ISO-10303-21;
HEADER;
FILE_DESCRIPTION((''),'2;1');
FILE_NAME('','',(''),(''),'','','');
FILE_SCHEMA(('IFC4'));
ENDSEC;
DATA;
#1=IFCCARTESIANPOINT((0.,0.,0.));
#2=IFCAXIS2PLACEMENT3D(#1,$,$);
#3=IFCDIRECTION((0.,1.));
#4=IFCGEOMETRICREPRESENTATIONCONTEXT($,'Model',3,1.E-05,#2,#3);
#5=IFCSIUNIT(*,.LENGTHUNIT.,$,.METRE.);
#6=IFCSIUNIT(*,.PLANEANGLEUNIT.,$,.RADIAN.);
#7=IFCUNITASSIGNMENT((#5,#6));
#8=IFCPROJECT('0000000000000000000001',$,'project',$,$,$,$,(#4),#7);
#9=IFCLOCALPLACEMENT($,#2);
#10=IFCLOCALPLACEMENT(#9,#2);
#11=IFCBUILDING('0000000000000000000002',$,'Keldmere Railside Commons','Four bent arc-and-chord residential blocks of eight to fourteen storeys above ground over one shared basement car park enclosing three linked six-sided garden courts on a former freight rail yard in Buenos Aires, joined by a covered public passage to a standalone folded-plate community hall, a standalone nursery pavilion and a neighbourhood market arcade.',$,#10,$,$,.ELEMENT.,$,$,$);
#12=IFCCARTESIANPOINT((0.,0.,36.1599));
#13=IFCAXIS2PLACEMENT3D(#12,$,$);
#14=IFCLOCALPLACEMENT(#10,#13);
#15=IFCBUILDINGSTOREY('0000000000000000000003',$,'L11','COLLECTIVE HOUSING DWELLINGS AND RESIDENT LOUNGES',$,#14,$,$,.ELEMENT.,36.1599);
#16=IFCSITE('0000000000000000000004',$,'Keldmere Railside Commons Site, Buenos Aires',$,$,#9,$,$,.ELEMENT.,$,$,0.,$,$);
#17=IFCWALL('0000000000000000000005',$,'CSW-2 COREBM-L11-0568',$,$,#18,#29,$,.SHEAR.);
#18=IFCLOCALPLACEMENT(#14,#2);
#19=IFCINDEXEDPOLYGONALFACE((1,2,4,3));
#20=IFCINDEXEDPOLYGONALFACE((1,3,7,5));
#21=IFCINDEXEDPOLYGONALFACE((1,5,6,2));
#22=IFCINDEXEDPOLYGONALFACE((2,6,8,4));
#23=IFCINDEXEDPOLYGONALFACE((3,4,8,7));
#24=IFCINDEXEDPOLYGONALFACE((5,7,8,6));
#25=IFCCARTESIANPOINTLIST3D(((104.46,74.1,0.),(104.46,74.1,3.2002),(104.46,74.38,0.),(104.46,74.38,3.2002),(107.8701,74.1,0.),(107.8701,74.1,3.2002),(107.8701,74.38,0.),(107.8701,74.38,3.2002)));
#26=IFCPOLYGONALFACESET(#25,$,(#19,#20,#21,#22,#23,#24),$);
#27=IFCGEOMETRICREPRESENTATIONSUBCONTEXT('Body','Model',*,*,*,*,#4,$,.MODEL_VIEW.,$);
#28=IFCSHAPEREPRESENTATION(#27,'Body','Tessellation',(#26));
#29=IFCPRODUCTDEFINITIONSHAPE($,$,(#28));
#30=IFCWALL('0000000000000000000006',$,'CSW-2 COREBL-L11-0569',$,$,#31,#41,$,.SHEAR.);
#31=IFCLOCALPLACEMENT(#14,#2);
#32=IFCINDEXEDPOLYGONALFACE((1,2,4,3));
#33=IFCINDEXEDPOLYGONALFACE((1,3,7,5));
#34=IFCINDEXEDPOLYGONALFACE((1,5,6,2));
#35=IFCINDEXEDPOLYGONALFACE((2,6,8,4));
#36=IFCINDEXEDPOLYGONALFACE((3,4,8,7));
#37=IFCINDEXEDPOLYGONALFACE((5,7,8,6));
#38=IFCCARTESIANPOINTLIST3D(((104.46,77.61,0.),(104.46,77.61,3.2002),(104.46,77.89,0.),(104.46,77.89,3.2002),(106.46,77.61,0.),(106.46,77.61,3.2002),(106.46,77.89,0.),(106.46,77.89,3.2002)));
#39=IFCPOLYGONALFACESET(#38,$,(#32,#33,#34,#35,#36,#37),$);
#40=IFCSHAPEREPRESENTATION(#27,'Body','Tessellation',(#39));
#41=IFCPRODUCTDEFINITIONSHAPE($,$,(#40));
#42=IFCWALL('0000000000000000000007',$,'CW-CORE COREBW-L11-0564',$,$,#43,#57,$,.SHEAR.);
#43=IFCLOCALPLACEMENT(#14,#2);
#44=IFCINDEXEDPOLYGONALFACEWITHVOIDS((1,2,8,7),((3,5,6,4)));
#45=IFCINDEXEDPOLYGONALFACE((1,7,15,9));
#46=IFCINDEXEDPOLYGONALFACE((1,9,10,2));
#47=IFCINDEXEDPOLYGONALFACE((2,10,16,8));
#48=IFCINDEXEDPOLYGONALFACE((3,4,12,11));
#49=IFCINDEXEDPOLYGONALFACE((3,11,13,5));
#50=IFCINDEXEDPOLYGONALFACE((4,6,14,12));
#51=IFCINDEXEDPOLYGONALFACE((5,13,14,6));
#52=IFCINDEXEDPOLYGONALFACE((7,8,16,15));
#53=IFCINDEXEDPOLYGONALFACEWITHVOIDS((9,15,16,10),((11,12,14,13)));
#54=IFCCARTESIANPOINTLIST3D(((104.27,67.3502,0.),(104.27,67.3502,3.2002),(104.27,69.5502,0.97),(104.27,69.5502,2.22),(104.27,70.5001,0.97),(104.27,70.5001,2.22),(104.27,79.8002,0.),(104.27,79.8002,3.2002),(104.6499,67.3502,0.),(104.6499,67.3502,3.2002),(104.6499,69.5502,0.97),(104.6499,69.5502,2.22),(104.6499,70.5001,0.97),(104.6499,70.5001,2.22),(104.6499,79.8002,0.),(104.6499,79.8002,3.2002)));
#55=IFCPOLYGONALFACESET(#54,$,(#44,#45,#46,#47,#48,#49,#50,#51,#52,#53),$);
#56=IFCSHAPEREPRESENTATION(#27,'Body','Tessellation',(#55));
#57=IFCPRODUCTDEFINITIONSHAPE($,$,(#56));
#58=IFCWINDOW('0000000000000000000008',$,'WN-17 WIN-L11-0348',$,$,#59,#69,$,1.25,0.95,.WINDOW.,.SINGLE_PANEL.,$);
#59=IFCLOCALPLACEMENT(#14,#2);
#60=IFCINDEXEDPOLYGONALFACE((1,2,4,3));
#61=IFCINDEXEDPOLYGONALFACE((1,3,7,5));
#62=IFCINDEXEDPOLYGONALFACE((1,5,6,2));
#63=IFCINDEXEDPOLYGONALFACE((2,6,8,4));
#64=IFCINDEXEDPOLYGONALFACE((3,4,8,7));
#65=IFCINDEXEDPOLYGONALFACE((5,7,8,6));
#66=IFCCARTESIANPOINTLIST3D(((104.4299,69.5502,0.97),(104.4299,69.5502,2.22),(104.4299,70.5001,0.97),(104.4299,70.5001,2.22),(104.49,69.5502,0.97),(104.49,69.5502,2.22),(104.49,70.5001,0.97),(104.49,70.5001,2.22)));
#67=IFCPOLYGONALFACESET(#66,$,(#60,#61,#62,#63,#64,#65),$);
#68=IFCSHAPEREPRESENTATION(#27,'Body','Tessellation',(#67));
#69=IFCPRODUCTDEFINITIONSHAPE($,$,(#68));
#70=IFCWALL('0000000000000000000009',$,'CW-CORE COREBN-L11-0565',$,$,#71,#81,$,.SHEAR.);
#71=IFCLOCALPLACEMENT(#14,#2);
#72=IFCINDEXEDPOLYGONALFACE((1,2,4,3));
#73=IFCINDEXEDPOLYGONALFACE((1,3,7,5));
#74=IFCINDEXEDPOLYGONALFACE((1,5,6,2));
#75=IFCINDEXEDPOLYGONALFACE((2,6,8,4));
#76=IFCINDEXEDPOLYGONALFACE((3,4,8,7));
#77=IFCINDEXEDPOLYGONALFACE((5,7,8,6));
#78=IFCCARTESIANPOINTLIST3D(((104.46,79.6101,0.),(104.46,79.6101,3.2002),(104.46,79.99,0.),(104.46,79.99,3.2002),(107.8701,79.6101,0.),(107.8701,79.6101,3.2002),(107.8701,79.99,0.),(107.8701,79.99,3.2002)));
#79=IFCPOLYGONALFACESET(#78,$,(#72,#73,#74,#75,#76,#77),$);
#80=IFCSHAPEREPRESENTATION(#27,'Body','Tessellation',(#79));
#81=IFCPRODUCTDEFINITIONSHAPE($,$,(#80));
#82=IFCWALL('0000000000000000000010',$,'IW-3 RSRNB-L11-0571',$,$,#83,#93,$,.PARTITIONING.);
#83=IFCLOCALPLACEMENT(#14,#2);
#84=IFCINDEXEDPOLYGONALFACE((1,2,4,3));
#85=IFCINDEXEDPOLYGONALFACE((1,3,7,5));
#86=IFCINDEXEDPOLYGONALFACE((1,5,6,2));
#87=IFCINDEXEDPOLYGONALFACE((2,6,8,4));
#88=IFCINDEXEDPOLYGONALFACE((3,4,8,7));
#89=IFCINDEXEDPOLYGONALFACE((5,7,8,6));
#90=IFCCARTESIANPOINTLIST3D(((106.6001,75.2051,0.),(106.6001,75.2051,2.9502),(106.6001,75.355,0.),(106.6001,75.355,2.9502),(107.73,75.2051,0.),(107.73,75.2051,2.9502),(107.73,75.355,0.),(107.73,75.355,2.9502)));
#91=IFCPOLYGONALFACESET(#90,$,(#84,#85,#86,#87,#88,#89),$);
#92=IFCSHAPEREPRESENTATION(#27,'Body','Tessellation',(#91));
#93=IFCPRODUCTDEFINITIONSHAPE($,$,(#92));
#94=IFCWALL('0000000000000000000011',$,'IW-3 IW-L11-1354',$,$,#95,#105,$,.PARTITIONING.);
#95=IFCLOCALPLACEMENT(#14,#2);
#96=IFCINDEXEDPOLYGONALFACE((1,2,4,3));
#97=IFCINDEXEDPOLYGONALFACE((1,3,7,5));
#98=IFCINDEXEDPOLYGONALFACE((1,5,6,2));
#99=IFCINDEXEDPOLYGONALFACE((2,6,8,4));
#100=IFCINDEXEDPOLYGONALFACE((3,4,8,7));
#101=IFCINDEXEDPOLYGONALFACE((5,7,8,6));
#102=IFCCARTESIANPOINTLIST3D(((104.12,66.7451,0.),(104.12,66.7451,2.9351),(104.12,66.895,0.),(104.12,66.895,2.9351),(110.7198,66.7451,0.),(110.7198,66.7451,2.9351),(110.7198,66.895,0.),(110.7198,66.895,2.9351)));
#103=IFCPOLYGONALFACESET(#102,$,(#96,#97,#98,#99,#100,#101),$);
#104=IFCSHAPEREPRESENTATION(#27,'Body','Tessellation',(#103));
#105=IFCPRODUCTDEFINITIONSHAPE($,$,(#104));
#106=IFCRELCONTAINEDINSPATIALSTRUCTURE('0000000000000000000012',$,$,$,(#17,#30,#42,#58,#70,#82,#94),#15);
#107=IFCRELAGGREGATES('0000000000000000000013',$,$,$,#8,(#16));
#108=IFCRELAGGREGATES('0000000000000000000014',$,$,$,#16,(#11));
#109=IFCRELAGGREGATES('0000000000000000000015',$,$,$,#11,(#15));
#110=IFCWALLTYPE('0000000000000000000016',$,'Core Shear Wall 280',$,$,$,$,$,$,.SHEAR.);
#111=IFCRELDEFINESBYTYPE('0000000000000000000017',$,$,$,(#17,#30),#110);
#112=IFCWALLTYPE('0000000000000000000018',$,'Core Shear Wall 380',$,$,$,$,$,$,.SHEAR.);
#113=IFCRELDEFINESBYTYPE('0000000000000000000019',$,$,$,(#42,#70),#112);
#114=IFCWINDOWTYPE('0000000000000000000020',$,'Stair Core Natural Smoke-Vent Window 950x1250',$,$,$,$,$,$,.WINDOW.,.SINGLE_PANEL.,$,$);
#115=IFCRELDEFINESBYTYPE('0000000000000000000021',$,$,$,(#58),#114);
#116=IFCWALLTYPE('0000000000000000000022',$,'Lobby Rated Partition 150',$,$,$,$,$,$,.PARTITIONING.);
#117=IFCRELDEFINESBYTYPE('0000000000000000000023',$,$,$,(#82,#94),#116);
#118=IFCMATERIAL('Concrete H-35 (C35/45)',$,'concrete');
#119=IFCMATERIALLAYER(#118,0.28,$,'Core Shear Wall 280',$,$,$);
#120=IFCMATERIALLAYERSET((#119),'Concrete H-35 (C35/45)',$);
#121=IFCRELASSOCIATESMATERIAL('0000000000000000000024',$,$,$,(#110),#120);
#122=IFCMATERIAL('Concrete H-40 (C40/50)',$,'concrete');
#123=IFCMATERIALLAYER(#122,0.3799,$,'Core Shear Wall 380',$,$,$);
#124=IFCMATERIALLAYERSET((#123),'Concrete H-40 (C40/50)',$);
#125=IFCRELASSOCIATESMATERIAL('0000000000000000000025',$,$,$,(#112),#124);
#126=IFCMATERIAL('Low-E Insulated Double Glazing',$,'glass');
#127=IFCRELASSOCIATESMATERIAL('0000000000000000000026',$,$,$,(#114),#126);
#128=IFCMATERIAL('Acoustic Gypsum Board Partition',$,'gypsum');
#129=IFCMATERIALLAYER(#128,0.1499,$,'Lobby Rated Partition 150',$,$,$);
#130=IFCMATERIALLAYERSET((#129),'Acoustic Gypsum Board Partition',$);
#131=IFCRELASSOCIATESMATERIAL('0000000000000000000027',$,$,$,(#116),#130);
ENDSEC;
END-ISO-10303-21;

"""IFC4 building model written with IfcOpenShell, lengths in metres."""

from ifc_helpers import new_model, si_unit, direction, frame, frame_2d, origin, place, context, subcontext, project, spatial, rectangle, extrude, material, layer, layer_set, type_object, element, fill, save


model = new_model("IFC4")

# Units and contexts
model_context = context("Model", 3, precision=1e-05, world=origin(), true_north=direction((0.0, 1.0)))
body_context = subcontext(model_context, "Body", "Model", "MODEL_VIEW")
ifc_project = project(units=[si_unit("LENGTHUNIT", "METRE"), si_unit("PLANEANGLEUNIT", "RADIAN")], contexts=[model_context])

# Site, building, storey
site_placement = place(None, origin())
site = spatial("IfcSite", under=ifc_project, at=site_placement, Name="Keldmere Railside Commons Site, Buenos Aires", CompositionType="ELEMENT", RefElevation=0.0)
building_placement = place(site_placement, origin())
building = spatial("IfcBuilding", under=site, at=building_placement, Name="Keldmere Railside Commons", Description="Four bent arc-and-chord residential blocks of eight to fourteen storeys above ground over one shared basement car park enclosing three linked six-sided garden courts on a former freight rail yard in Buenos Aires, joined by a covered public passage to a standalone folded-plate community hall, a standalone nursery pavilion and a neighbourhood market arcade.", CompositionType="ELEMENT")
storey_placement = place(building_placement, frame((0.0, 0.0, 36.1599)))
storey = spatial("IfcBuildingStorey", under=building, at=storey_placement, Name="L11", Description="COLLECTIVE HOUSING DWELLINGS AND RESIDENT LOUNGES", CompositionType="ELEMENT", Elevation=36.1599)

# Walls
ifc_material_1 = material(Name="Concrete H-35 (C35/45)", Category="concrete")
ifc_layer_1 = layer(ifc_material_1, 0.28, Name="Core Shear Wall 280")
ifc_layer_set_1 = layer_set([ifc_layer_1], Name="Concrete H-35 (C35/45)")
wall_type_1 = type_object("IfcWallType", Name="Core Shear Wall 280", PredefinedType="SHEAR", material=ifc_layer_set_1)
wall_1_placement = place(storey_placement, frame((104.46, 74.24, 0.0), z_axis=(0.0, 0.0, 1.0), x_axis=(1.0, 0.0, 0.0)))
element("IfcWall", 1, at=wall_1_placement, inside=storey, type_object=wall_type_1, Name="CSW-2 COREBM-L11-0568", PredefinedType="SHEAR", context=body_context, shape_type="SweptSolid", body=[
    extrude(rectangle(XDim=3.4102, YDim=0.28, at=frame_2d((1.7051, 0.0))), origin(), (0.0, 0.0, 1.0), 3.2002),
])
wall_2_placement = place(storey_placement, frame((104.46, 77.75, 0.0), z_axis=(0.0, 0.0, 1.0), x_axis=(1.0, 0.0, 0.0)))
element("IfcWall", 2, at=wall_2_placement, inside=storey, type_object=wall_type_1, Name="CSW-2 COREBL-L11-0569", PredefinedType="SHEAR", context=body_context, shape_type="SweptSolid", body=[
    extrude(rectangle(XDim=2.0, YDim=0.28, at=frame_2d((1.0, 0.0))), origin(), (0.0, 0.0, 1.0), 3.2002),
])

# Wall, opening, window
ifc_material_2 = material(Name="Concrete H-40 (C40/50)", Category="concrete")
ifc_layer_2 = layer(ifc_material_2, 0.3799, Name="Core Shear Wall 380")
ifc_layer_set_2 = layer_set([ifc_layer_2], Name="Concrete H-40 (C40/50)")
wall_type_2 = type_object("IfcWallType", Name="Core Shear Wall 380", PredefinedType="SHEAR", material=ifc_layer_set_2)
wall_3_placement = place(storey_placement, frame((104.46, 67.3501, 0.0), z_axis=(0.0, 0.0, 1.0), x_axis=(0.0, 1.0, 0.0)))
wall_3 = element("IfcWall", 3, at=wall_3_placement, inside=storey, type_object=wall_type_2, Name="CW-CORE COREBW-L11-0564", PredefinedType="SHEAR", context=body_context, shape_type="SweptSolid", body=[
    extrude(rectangle(XDim=12.45, YDim=0.3799, at=frame_2d((6.2251, 0.0))), origin(), (0.0, 0.0, 1.0), 3.2002),
])
opening_1_placement = place(wall_3_placement, frame((2.2, 0.0, 0.97)))
opening_1 = element("IfcOpeningElement", 4, at=opening_1_placement, cuts=wall_3, PredefinedType="OPENING", context=body_context, shape_type="SweptSolid", body=[
    extrude(rectangle(XDim=0.95, YDim=1.25, at=frame_2d((0.4751, 0.625))), frame((0.0, 0.2, 0.0), z_axis=(0.0, -1.0, 0.0), x_axis=(1.0, 0.0, 0.0)), (0.0, 0.0, 1.0), 0.3999),
])
ifc_material_3 = material(Name="Low-E Insulated Double Glazing", Category="glass")
window_type_1 = type_object("IfcWindowType", Name="Stair Core Natural Smoke-Vent Window 950x1250", PartitioningType="SINGLE_PANEL", PredefinedType="WINDOW", material=ifc_material_3)
window_1_placement = place(opening_1_placement, origin())
window_1 = element("IfcWindow", 5, at=window_1_placement, inside=storey, type_object=window_type_1, Name="WN-17 WIN-L11-0348", OverallHeight=1.25, OverallWidth=0.95, PartitioningType="SINGLE_PANEL", PredefinedType="WINDOW", context=body_context, shape_type="SweptSolid", body=[
    extrude(rectangle(XDim=0.95, YDim=1.25, at=frame_2d((0.4751, 0.625))), frame((0.0, 0.03, 0.0), z_axis=(0.0, -1.0, 0.0), x_axis=(1.0, 0.0, 0.0)), (0.0, 0.0, 1.0), 0.0601),
])
fill(opening_1, window_1)

# Walls
wall_4_placement = place(storey_placement, frame((104.46, 79.8, 0.0), z_axis=(0.0, 0.0, 1.0), x_axis=(1.0, 0.0, 0.0)))
element("IfcWall", 6, at=wall_4_placement, inside=storey, type_object=wall_type_2, Name="CW-CORE COREBN-L11-0565", PredefinedType="SHEAR", context=body_context, shape_type="SweptSolid", body=[
    extrude(rectangle(XDim=3.4102, YDim=0.3799, at=frame_2d((1.7051, 0.0))), origin(), (0.0, 0.0, 1.0), 3.2002),
])
ifc_material_4 = material(Name="Acoustic Gypsum Board Partition", Category="gypsum")
ifc_layer_3 = layer(ifc_material_4, 0.1499, Name="Lobby Rated Partition 150")
ifc_layer_set_3 = layer_set([ifc_layer_3], Name="Acoustic Gypsum Board Partition")
wall_type_3 = type_object("IfcWallType", Name="Lobby Rated Partition 150", PredefinedType="PARTITIONING", material=ifc_layer_set_3)
wall_5_placement = place(storey_placement, frame((106.6001, 75.28, 0.0), z_axis=(0.0, 0.0, 1.0), x_axis=(1.0, 0.0, 0.0)))
element("IfcWall", 7, at=wall_5_placement, inside=storey, type_object=wall_type_3, Name="IW-3 RSRNB-L11-0571", PredefinedType="PARTITIONING", context=body_context, shape_type="SweptSolid", body=[
    extrude(rectangle(XDim=1.1299, YDim=0.1499, at=frame_2d((0.5649, 0.0))), origin(), (0.0, 0.0, 1.0), 2.9502),
])
wall_6_placement = place(storey_placement, frame((104.1201, 66.8201, 0.0), z_axis=(0.0, 0.0, 1.0), x_axis=(1.0, 0.0, 0.0)))
element("IfcWall", 8, at=wall_6_placement, inside=storey, type_object=wall_type_3, Name="IW-3 IW-L11-1354", PredefinedType="PARTITIONING", context=body_context, shape_type="SweptSolid", body=[
    extrude(rectangle(XDim=6.5999, YDim=0.1499, at=frame_2d((3.2998, 0.0))), origin(), (0.0, 0.0, 1.0), 2.9351),
])

save(model, "model.ifc")
